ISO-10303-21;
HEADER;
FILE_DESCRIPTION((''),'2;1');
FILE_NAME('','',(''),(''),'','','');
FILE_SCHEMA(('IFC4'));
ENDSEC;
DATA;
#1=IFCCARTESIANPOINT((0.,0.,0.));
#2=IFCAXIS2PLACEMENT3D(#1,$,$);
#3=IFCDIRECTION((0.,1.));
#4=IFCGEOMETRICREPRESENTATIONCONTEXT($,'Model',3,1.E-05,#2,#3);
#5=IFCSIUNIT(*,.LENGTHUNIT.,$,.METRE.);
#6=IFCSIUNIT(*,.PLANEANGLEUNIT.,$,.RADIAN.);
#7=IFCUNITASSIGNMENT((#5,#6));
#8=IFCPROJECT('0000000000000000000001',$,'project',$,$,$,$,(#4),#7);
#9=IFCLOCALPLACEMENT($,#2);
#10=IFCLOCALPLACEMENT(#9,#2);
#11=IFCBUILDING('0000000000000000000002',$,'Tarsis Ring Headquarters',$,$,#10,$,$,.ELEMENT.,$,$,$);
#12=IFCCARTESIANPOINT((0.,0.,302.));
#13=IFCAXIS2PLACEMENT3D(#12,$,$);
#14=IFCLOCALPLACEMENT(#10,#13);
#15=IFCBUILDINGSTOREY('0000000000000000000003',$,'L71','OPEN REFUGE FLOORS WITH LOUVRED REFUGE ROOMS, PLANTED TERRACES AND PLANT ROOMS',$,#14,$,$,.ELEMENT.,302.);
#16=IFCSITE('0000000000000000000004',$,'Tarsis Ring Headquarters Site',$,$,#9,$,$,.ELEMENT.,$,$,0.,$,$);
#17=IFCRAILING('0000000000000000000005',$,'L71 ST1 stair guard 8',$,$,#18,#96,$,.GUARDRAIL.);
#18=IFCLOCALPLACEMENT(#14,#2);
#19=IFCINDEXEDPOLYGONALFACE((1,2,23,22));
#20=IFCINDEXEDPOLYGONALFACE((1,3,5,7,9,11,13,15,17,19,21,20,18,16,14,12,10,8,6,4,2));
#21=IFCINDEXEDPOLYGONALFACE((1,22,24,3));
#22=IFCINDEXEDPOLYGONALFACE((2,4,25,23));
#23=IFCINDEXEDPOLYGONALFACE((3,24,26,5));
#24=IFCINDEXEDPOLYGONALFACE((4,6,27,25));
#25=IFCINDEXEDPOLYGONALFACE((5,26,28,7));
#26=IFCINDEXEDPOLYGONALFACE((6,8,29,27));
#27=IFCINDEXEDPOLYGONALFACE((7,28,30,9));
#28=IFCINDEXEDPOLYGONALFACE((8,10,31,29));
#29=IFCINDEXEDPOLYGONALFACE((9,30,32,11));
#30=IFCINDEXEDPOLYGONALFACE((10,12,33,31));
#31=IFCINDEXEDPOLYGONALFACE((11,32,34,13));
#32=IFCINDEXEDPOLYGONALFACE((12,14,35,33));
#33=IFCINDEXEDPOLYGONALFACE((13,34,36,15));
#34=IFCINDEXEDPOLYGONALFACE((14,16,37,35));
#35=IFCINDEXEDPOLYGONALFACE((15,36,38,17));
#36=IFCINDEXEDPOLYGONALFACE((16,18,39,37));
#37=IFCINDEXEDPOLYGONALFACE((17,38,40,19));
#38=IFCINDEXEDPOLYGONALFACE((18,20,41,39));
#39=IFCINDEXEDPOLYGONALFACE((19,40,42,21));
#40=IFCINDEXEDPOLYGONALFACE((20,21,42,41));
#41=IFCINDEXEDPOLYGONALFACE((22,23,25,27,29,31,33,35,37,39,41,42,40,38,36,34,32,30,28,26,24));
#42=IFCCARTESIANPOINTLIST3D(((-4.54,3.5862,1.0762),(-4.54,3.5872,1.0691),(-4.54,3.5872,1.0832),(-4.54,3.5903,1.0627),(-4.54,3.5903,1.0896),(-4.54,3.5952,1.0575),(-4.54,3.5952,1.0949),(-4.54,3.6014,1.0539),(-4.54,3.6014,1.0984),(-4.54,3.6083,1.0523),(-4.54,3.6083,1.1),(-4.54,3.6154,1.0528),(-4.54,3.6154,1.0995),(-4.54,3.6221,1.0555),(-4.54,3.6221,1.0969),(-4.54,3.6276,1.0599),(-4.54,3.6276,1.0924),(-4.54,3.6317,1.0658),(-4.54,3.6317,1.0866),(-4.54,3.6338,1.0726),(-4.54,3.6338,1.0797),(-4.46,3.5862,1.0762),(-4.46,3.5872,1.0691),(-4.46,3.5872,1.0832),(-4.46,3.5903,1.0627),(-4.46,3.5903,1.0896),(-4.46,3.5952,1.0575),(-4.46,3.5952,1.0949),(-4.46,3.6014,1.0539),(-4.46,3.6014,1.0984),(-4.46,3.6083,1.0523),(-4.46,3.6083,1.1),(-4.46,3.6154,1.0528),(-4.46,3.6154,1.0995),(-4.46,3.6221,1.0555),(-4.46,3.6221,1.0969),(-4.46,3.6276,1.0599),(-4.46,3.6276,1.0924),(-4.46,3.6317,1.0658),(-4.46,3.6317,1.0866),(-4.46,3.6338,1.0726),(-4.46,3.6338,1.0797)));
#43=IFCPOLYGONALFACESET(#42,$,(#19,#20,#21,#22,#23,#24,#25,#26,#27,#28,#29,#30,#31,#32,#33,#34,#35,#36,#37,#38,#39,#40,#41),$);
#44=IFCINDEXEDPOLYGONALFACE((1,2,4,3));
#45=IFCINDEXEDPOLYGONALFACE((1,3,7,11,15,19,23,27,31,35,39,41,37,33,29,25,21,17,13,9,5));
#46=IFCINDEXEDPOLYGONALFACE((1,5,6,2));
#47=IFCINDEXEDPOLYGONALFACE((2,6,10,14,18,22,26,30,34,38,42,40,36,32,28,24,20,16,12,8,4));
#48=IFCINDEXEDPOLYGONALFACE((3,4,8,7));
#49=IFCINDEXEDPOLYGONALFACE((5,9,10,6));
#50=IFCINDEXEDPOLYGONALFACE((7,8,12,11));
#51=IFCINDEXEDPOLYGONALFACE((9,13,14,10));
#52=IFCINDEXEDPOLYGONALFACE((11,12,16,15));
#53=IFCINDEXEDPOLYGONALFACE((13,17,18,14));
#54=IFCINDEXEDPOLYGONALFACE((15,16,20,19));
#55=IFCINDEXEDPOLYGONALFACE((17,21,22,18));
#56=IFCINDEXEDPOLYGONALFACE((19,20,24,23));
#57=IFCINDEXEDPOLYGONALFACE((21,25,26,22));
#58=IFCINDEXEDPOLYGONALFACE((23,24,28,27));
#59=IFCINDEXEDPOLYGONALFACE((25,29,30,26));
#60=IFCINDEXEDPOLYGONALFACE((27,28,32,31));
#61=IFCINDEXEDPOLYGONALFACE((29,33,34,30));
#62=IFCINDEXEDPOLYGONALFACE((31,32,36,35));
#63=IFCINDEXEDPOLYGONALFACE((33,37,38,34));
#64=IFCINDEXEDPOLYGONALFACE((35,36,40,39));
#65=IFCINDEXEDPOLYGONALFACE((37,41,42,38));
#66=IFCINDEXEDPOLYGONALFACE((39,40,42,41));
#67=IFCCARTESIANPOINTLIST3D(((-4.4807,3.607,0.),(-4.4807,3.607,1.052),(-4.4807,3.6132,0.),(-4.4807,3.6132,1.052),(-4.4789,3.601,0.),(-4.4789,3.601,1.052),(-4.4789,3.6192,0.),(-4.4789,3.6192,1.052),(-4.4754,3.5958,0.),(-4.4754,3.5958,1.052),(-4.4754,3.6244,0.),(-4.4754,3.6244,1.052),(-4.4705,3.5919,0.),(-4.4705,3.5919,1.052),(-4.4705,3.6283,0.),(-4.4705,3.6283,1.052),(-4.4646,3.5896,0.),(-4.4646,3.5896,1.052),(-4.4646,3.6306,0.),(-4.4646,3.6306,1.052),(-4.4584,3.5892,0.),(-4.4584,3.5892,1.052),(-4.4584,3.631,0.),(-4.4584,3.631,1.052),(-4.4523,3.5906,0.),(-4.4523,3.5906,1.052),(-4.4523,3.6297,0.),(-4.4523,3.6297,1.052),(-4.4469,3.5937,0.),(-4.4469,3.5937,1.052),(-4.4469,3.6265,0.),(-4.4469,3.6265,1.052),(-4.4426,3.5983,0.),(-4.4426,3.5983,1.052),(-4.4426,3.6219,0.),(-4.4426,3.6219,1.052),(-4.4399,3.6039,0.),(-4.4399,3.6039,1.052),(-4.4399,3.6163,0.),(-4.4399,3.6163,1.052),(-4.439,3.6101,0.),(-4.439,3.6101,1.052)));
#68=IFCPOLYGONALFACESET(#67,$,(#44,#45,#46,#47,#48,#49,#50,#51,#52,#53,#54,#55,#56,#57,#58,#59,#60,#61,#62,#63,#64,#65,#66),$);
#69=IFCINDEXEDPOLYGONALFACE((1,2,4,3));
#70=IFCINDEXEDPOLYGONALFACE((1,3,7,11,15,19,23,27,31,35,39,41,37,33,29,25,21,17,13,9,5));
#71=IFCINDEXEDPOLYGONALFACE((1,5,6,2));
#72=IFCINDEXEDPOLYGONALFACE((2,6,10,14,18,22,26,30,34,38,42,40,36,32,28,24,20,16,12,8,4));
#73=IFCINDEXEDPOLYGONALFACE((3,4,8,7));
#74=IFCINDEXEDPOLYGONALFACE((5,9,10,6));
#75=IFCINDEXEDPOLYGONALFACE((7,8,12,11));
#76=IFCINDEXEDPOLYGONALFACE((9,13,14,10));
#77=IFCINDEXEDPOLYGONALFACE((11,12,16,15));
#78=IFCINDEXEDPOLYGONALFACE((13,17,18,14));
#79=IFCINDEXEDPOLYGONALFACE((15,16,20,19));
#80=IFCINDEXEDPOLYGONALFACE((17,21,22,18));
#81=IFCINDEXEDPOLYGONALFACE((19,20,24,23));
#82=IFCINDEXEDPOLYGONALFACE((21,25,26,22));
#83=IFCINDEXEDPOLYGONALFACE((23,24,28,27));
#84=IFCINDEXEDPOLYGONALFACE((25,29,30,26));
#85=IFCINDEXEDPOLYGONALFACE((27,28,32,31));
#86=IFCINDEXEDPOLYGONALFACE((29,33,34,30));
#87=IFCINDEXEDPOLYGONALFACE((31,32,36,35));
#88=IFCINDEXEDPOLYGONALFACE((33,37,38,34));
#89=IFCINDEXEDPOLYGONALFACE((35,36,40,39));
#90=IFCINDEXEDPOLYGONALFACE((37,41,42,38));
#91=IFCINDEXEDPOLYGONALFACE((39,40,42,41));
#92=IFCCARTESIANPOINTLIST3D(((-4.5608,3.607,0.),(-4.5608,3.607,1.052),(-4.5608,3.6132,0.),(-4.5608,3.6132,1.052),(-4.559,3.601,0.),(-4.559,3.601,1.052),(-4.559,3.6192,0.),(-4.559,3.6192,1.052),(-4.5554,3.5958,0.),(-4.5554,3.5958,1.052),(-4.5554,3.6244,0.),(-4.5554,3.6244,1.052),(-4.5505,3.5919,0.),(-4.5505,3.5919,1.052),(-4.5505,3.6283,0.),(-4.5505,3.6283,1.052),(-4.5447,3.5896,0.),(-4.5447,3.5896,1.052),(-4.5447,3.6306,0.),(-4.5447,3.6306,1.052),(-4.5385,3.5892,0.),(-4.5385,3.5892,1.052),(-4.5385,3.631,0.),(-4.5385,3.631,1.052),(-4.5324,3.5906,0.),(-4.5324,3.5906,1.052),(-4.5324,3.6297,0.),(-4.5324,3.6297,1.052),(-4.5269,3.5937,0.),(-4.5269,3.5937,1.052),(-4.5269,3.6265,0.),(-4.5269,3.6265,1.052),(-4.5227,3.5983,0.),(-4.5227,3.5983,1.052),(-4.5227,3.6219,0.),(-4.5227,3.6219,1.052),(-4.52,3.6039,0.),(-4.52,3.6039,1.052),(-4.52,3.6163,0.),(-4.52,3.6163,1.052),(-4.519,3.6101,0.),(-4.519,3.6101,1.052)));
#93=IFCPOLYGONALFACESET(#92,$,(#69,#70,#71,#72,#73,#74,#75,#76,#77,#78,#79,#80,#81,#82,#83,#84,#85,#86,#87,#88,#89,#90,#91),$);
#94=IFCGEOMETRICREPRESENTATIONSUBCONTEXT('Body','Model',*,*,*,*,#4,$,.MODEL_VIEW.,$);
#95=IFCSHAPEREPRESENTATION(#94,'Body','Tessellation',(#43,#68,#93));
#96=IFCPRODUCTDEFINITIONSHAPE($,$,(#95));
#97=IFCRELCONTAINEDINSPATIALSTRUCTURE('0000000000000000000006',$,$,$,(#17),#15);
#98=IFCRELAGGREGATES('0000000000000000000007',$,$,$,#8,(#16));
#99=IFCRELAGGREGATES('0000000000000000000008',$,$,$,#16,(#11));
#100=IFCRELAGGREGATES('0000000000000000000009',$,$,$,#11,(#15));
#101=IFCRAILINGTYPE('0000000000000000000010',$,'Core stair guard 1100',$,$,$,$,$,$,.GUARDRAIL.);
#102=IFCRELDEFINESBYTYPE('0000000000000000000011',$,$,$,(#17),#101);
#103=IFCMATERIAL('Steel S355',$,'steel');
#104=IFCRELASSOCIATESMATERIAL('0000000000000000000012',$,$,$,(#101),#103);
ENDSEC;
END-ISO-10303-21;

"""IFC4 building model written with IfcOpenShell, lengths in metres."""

from ifc_helpers import new_model, si_unit, direction, frame, origin, origin_2d, place, context, subcontext, project, spatial, circle, extrude, material, type_object, element, save


model = new_model("IFC4")

# Units and contexts
model_context = context("Model", 3, precision=1e-05, world=origin(), true_north=direction((0.0, 1.0)))
body_context = subcontext(model_context, "Body", "Model", "MODEL_VIEW")
ifc_project = project(units=[si_unit("LENGTHUNIT", "METRE"), si_unit("PLANEANGLEUNIT", "RADIAN")], contexts=[model_context])

# Site, building, storey
site_placement = place(None, origin())
site = spatial("IfcSite", under=ifc_project, at=site_placement, Name="Tarsis Ring Headquarters Site", CompositionType="ELEMENT", RefElevation=0.0)
building_placement = place(site_placement, origin())
building = spatial("IfcBuilding", under=site, at=building_placement, Name="Tarsis Ring Headquarters", CompositionType="ELEMENT")
storey_placement = place(building_placement, frame((0.0, 0.0, 302.0)))
storey = spatial("IfcBuildingStorey", under=building, at=storey_placement, Name="L71", Description="OPEN REFUGE FLOORS WITH LOUVRED REFUGE ROOMS, PLANTED TERRACES AND PLANT ROOMS", CompositionType="ELEMENT", Elevation=302.0)

# Shared definitions
ifc_material_1 = material(Name="Steel S355", Category="steel")

# Railing
railing_type_1 = type_object("IfcRailingType", Name="Core stair guard 1100", PredefinedType="GUARDRAIL", material=ifc_material_1)
railing_1_placement = place(storey_placement, frame((-4.46, 3.6101, 0.0)))
element("IfcRailing", 1, at=railing_1_placement, inside=storey, type_object=railing_type_1, Name="L71 ST1 stair guard 8", PredefinedType="GUARDRAIL", context=body_context, shape_type="SweptSolid", body=[
    extrude(circle(Radius=0.0239, at=origin_2d()), frame((0.0, 0.0, 1.0762), z_axis=(-1.0, 0.0, 0.0), x_axis=(0.0, -1.0, 0.0)), (0.0, 0.0, 1.0), 0.0801),
    extrude(circle(Radius=0.021, at=origin_2d()), origin(), (0.0, 0.0, 1.0), 1.052),
    extrude(circle(Radius=0.021, at=origin_2d()), frame((-0.0801, 0.0, 0.0)), (0.0, 0.0, 1.0), 1.052),
])

save(model, "model.ifc")
